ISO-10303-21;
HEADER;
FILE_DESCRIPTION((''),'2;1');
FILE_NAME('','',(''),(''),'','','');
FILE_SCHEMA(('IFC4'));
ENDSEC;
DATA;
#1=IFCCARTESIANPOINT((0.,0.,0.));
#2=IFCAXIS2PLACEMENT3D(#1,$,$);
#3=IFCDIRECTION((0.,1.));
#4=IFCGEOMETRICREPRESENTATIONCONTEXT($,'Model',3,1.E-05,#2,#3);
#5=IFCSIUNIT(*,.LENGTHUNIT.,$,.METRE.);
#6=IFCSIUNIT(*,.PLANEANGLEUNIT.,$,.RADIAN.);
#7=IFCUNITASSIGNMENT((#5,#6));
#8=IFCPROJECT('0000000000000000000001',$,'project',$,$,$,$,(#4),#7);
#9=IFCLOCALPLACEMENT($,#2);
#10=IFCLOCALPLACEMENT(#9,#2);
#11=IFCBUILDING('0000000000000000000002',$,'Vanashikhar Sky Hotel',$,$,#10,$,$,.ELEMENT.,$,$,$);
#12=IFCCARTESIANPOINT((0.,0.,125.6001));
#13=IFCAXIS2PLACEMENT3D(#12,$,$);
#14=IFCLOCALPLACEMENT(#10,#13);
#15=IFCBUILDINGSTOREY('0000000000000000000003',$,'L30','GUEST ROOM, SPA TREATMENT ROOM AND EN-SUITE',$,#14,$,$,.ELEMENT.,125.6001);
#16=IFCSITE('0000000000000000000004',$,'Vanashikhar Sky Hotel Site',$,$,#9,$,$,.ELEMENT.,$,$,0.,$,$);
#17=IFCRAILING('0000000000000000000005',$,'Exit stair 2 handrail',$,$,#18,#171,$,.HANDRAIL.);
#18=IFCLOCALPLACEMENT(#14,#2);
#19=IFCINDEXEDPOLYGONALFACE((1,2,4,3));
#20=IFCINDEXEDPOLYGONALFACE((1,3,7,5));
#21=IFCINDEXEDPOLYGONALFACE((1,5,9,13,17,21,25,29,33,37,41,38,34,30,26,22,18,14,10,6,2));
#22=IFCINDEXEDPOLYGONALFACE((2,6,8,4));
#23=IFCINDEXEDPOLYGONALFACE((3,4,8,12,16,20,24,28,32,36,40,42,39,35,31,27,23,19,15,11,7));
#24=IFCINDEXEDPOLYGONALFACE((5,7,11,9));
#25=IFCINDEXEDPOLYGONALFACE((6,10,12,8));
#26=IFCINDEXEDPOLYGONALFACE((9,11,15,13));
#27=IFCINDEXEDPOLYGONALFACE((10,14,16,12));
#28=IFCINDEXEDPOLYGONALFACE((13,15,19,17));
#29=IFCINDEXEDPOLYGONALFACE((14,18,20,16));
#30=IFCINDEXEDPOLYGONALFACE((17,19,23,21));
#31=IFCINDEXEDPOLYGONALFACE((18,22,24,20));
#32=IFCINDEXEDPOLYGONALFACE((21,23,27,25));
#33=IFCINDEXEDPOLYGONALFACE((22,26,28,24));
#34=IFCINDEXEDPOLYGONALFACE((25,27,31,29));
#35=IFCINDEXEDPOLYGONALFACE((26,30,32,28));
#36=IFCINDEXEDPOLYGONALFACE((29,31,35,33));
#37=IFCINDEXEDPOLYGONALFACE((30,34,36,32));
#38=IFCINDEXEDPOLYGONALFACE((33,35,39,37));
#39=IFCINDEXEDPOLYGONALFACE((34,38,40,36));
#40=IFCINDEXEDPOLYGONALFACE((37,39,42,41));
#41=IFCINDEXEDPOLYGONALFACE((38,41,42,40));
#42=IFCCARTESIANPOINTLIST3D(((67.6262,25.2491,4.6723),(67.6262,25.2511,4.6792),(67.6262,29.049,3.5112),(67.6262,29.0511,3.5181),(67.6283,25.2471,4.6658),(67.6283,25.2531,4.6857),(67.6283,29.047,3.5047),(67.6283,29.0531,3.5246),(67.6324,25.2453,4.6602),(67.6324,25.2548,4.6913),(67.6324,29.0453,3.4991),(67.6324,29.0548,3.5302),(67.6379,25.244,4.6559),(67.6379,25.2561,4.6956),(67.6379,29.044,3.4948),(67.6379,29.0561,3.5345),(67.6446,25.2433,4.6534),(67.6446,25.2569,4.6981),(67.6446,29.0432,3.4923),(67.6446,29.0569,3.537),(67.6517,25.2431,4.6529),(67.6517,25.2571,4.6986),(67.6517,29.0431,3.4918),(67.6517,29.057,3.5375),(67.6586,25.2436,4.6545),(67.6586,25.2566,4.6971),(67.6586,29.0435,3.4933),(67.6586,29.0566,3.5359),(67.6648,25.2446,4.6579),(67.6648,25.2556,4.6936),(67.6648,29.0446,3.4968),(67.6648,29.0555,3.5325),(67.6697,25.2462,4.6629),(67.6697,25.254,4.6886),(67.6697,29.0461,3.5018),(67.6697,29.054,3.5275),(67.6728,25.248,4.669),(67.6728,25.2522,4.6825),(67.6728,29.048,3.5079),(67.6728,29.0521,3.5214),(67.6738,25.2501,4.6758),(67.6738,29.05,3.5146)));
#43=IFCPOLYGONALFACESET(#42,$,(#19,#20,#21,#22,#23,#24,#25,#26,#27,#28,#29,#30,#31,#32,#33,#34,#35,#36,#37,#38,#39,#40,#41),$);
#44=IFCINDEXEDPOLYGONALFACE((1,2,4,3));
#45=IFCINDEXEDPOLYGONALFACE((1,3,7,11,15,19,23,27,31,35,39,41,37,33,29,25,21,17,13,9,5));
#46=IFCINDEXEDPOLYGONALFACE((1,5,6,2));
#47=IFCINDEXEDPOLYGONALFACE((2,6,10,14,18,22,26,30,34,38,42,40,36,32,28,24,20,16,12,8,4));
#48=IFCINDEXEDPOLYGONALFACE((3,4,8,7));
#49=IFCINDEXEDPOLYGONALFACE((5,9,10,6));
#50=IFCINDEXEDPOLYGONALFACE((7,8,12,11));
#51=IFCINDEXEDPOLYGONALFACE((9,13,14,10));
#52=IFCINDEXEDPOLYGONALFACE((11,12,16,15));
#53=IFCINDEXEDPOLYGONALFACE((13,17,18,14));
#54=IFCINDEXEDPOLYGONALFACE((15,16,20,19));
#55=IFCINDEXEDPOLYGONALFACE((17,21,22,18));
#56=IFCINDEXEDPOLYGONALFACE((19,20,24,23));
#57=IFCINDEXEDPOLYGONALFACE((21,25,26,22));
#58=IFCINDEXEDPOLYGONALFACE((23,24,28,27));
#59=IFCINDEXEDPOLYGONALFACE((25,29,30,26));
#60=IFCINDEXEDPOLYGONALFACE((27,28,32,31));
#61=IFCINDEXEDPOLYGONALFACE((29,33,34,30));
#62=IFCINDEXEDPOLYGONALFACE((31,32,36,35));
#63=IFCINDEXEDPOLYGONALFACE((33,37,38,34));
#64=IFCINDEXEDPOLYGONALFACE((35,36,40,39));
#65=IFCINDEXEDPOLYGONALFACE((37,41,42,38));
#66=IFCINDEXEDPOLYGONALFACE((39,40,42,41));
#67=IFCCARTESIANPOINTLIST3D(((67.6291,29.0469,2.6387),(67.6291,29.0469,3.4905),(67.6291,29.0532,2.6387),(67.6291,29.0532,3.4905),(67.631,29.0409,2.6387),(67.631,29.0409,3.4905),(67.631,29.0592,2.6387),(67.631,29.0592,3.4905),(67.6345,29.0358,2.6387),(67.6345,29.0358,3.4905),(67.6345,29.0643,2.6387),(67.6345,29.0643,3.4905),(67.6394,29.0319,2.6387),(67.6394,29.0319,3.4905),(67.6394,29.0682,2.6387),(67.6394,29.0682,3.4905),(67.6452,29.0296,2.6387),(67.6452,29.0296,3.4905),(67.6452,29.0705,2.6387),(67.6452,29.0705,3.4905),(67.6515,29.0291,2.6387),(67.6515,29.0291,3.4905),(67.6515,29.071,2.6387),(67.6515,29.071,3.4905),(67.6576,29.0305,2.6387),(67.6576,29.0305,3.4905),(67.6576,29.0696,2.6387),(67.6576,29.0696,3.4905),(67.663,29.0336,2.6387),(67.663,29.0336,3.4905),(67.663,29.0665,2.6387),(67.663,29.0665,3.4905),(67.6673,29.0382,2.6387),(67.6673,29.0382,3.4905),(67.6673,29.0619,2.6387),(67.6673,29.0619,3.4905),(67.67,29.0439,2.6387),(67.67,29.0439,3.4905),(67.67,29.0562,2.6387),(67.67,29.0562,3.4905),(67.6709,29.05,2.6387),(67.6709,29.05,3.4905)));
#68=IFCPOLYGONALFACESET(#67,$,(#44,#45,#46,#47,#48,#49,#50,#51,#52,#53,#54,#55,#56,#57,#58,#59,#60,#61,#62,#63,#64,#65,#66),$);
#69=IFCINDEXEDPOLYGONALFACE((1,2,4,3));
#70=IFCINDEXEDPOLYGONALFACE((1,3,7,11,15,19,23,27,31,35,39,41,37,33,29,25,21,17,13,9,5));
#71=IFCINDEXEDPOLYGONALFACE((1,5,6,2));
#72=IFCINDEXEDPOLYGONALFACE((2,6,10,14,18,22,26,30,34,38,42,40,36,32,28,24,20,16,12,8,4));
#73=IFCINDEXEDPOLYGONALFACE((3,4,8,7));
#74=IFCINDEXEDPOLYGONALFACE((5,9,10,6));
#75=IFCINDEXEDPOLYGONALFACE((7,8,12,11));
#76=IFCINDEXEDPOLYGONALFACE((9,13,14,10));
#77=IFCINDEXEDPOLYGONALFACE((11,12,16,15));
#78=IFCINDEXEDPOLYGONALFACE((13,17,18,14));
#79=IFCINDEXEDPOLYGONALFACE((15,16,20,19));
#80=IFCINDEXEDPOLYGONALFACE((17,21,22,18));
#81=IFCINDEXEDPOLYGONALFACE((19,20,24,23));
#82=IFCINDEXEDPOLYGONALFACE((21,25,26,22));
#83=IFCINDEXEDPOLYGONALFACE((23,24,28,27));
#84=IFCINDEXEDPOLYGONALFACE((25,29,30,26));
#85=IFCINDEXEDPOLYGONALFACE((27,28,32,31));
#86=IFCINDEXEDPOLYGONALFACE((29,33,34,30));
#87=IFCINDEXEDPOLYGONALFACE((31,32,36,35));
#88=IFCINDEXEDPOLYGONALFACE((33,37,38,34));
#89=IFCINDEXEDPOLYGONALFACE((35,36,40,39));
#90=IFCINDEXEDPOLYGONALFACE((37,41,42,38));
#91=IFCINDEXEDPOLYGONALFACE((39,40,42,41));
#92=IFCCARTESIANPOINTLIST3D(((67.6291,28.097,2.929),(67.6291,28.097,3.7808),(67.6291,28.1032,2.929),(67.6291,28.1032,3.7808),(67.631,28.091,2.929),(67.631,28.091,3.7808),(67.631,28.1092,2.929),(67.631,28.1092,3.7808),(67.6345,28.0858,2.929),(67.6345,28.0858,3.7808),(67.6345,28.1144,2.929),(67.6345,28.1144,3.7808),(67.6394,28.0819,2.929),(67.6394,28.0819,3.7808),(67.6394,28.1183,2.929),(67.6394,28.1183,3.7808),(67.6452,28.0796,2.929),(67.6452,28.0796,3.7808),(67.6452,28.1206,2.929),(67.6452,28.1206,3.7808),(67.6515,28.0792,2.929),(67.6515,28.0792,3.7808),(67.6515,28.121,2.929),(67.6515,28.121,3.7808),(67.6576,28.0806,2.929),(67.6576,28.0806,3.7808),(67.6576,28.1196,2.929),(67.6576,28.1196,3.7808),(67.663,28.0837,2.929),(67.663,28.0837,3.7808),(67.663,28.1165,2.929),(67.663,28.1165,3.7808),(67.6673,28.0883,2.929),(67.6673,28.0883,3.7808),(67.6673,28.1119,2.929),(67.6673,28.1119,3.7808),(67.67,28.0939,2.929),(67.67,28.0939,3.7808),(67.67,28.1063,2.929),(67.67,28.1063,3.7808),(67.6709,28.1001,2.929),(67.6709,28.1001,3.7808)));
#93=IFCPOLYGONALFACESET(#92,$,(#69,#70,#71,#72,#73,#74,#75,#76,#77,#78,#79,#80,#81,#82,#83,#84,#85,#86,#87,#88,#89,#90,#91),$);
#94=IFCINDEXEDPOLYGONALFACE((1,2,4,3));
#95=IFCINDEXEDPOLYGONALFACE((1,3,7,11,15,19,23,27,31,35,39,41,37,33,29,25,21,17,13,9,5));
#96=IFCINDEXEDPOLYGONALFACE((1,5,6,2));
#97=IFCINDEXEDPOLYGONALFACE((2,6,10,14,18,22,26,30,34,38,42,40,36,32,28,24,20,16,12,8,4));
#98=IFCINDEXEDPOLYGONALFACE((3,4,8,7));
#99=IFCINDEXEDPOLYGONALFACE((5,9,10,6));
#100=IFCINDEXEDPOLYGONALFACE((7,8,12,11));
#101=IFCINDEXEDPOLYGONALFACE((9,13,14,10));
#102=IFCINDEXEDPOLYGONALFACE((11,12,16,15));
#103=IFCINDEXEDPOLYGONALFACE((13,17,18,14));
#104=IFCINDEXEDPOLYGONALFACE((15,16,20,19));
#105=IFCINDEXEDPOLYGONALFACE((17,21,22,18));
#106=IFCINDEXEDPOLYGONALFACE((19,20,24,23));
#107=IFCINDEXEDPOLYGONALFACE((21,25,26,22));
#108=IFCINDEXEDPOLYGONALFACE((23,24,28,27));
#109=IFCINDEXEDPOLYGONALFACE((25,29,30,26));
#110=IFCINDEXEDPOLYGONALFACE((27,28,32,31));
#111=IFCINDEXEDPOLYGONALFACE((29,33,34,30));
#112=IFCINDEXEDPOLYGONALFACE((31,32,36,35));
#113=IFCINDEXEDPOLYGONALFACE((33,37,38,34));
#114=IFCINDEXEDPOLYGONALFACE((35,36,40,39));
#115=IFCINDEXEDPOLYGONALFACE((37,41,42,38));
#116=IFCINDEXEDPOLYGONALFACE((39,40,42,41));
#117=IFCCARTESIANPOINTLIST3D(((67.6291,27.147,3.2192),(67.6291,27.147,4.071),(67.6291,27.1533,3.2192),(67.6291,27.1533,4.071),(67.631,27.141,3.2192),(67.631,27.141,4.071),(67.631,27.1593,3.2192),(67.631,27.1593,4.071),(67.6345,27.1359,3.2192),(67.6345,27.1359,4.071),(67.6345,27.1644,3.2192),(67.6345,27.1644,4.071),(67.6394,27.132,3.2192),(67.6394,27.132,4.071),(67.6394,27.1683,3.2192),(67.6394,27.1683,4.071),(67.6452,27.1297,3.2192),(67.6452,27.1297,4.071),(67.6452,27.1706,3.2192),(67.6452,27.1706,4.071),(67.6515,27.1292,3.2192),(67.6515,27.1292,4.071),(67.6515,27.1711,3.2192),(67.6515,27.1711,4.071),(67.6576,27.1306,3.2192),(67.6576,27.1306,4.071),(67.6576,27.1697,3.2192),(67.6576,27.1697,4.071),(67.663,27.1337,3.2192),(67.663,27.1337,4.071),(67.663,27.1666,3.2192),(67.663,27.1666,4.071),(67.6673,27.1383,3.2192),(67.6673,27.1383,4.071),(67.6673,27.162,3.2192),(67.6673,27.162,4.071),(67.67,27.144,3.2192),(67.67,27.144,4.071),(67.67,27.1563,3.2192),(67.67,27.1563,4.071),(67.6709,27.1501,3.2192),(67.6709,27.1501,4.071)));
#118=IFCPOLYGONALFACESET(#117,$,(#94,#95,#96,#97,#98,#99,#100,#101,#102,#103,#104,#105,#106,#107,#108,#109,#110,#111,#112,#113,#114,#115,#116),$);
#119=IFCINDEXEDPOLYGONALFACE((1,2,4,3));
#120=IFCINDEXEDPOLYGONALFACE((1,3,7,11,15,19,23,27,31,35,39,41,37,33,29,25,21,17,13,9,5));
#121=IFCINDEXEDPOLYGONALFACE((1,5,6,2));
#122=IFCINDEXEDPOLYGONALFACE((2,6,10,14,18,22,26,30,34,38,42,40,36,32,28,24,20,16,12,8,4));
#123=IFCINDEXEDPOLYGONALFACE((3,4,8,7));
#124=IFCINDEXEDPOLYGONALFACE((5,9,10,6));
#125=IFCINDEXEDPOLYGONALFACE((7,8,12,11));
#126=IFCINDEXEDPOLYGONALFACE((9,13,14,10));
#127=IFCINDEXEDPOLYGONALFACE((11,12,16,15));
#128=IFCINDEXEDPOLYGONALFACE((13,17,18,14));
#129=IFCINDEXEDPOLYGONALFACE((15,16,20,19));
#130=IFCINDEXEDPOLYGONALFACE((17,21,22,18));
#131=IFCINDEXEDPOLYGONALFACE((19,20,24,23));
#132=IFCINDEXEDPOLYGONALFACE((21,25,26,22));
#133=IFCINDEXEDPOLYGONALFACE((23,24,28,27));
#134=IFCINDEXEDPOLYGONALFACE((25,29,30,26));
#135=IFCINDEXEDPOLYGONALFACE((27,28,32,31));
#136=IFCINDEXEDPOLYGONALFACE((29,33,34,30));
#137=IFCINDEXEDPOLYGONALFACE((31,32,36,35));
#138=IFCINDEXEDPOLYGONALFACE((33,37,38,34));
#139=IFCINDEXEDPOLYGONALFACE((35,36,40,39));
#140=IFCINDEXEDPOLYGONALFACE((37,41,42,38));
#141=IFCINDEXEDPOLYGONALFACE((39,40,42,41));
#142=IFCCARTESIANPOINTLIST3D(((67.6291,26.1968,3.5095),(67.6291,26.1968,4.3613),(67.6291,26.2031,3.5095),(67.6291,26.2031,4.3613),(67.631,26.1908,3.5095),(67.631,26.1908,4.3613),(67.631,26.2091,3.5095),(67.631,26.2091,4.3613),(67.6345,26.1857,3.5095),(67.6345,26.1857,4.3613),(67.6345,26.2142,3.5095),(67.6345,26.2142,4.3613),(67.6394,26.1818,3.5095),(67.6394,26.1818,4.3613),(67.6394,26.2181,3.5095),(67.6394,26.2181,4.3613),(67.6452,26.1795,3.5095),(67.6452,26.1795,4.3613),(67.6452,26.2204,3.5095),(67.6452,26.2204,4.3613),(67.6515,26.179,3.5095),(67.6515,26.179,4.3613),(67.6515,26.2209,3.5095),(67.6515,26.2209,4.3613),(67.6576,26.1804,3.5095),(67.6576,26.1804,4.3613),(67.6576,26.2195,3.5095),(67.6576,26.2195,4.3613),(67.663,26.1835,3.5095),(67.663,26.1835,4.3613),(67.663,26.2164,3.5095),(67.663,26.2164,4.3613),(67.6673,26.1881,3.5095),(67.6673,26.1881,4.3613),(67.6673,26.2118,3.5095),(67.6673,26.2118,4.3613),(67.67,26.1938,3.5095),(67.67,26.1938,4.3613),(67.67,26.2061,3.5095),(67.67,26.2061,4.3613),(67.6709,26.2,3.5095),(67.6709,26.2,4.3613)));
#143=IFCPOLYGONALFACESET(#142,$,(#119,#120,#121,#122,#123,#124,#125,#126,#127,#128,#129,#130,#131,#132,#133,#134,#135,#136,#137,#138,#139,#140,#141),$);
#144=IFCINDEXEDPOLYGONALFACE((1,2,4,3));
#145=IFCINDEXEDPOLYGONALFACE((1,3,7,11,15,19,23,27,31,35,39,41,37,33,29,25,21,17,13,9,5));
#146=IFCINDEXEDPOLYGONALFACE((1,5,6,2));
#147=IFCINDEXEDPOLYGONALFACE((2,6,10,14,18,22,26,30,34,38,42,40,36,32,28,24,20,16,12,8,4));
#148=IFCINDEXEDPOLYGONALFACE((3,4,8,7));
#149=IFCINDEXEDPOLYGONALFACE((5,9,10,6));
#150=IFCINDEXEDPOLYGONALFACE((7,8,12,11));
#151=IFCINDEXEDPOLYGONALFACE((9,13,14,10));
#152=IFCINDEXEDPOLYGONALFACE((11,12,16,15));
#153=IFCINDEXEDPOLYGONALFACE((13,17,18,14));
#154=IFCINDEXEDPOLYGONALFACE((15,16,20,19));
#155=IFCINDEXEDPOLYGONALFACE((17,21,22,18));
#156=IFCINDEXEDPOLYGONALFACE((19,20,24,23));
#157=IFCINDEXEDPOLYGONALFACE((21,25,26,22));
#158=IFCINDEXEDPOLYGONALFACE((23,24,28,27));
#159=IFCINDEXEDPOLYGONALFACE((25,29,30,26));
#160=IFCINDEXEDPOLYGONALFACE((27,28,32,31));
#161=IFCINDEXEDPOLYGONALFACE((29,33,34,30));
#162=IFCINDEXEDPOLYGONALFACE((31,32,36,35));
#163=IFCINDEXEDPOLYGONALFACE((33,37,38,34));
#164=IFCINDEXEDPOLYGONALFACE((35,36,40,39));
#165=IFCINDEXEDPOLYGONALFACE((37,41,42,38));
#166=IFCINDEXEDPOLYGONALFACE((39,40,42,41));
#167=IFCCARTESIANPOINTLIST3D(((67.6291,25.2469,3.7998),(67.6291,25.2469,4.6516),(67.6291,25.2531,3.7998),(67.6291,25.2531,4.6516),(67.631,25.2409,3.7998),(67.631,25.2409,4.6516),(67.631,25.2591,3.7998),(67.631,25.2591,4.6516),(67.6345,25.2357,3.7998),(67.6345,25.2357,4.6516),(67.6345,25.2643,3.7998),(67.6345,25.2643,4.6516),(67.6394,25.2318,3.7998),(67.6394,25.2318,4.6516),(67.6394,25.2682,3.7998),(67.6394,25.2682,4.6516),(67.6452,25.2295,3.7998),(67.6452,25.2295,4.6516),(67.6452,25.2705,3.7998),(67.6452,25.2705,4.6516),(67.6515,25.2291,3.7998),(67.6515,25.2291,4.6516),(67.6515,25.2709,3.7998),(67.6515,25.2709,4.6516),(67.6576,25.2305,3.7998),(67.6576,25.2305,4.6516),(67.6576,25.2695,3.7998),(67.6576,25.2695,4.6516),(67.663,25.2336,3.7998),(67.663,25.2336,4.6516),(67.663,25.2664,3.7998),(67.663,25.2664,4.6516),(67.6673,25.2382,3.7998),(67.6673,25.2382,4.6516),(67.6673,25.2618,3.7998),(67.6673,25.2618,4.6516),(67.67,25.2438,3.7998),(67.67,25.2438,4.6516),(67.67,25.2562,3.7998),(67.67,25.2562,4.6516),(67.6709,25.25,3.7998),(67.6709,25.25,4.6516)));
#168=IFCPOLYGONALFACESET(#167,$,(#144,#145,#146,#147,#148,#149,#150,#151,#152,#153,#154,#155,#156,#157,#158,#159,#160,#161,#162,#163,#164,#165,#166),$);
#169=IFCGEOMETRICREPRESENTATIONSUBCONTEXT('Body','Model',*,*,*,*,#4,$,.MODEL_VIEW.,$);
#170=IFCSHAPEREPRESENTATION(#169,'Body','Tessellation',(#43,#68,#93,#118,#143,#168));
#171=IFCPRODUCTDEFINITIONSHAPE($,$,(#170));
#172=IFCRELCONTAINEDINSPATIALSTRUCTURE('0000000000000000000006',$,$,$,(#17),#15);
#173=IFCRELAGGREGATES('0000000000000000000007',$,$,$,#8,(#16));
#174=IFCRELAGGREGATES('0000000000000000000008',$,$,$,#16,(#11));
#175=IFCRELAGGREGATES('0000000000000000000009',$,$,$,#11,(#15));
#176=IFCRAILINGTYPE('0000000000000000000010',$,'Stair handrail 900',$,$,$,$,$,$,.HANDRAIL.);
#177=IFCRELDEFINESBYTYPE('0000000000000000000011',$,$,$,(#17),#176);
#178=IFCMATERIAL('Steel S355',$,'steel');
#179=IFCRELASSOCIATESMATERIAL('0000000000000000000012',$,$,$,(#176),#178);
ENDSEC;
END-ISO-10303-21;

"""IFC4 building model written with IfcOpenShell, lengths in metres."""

from ifc_helpers import new_model, si_unit, direction, frame, origin, origin_2d, place, context, subcontext, project, spatial, circle, extrude, source, transform, mapped, material, type_object, element, save


model = new_model("IFC4")

# Units and contexts
model_context = context("Model", 3, precision=1e-05, world=origin(), true_north=direction((0.0, 1.0)))
body_context = subcontext(model_context, "Body", "Model", "MODEL_VIEW")
ifc_project = project(units=[si_unit("LENGTHUNIT", "METRE"), si_unit("PLANEANGLEUNIT", "RADIAN")], contexts=[model_context])

# Site, building, storey
site_placement = place(None, origin())
site = spatial("IfcSite", under=ifc_project, at=site_placement, Name="Vanashikhar Sky Hotel Site", CompositionType="ELEMENT", RefElevation=0.0)
building_placement = place(site_placement, origin())
building = spatial("IfcBuilding", under=site, at=building_placement, Name="Vanashikhar Sky Hotel", CompositionType="ELEMENT")
storey_placement = place(building_placement, frame((0.0, 0.0, 125.6001)))
storey = spatial("IfcBuildingStorey", under=building, at=storey_placement, Name="L30", Description="GUEST ROOM, SPA TREATMENT ROOM AND EN-SUITE", CompositionType="ELEMENT", Elevation=125.6001)

# Railing
ifc_material_1 = material(Name="Steel S355", Category="steel")
railing_type = type_object("IfcRailingType", Name="Stair handrail 900", PredefinedType="HANDRAIL", material=ifc_material_1)
shared_shape_1 = source(origin(), body_context, "Body", "SweptSolid", [
    extrude(circle(Radius=0.0239, at=origin_2d()), frame((0.0, 0.0, 0.876), z_axis=(0.0, -0.956351, 0.29222), x_axis=(1.0, 0.0, 0.0)), (0.0, 0.0, 1.0), 3.9734),
    extrude(circle(Radius=0.021, at=origin_2d()), origin(), (0.0, 0.0, 1.0), 0.8518),
    extrude(circle(Radius=0.021, at=origin_2d()), frame((0.0, -0.95, 0.2903)), (0.0, 0.0, 1.0), 0.8518),
    extrude(circle(Radius=0.021, at=origin_2d()), frame((0.0, -1.8999, 0.5806)), (0.0, 0.0, 1.0), 0.8518),
    extrude(circle(Radius=0.021, at=origin_2d()), frame((0.0, -2.8501, 0.8708)), (0.0, 0.0, 1.0), 0.8518),
    extrude(circle(Radius=0.021, at=origin_2d()), frame((0.0, -3.8, 1.1611)), (0.0, 0.0, 1.0), 0.8518),
])
for number, where, name in (
    (1, (67.6499, 29.05, 2.6387), "Exit stair 2 handrail"),
):
    element("IfcRailing", number, at=place(storey_placement, frame(where)), inside=storey, type_object=railing_type, Name=name, PredefinedType="HANDRAIL", context=body_context, shape_type="MappedRepresentation", body=[
        mapped(shared_shape_1, transform((0.0, 0.0, 0.0), scale=1.0)),
    ])

save(model, "model.ifc")
